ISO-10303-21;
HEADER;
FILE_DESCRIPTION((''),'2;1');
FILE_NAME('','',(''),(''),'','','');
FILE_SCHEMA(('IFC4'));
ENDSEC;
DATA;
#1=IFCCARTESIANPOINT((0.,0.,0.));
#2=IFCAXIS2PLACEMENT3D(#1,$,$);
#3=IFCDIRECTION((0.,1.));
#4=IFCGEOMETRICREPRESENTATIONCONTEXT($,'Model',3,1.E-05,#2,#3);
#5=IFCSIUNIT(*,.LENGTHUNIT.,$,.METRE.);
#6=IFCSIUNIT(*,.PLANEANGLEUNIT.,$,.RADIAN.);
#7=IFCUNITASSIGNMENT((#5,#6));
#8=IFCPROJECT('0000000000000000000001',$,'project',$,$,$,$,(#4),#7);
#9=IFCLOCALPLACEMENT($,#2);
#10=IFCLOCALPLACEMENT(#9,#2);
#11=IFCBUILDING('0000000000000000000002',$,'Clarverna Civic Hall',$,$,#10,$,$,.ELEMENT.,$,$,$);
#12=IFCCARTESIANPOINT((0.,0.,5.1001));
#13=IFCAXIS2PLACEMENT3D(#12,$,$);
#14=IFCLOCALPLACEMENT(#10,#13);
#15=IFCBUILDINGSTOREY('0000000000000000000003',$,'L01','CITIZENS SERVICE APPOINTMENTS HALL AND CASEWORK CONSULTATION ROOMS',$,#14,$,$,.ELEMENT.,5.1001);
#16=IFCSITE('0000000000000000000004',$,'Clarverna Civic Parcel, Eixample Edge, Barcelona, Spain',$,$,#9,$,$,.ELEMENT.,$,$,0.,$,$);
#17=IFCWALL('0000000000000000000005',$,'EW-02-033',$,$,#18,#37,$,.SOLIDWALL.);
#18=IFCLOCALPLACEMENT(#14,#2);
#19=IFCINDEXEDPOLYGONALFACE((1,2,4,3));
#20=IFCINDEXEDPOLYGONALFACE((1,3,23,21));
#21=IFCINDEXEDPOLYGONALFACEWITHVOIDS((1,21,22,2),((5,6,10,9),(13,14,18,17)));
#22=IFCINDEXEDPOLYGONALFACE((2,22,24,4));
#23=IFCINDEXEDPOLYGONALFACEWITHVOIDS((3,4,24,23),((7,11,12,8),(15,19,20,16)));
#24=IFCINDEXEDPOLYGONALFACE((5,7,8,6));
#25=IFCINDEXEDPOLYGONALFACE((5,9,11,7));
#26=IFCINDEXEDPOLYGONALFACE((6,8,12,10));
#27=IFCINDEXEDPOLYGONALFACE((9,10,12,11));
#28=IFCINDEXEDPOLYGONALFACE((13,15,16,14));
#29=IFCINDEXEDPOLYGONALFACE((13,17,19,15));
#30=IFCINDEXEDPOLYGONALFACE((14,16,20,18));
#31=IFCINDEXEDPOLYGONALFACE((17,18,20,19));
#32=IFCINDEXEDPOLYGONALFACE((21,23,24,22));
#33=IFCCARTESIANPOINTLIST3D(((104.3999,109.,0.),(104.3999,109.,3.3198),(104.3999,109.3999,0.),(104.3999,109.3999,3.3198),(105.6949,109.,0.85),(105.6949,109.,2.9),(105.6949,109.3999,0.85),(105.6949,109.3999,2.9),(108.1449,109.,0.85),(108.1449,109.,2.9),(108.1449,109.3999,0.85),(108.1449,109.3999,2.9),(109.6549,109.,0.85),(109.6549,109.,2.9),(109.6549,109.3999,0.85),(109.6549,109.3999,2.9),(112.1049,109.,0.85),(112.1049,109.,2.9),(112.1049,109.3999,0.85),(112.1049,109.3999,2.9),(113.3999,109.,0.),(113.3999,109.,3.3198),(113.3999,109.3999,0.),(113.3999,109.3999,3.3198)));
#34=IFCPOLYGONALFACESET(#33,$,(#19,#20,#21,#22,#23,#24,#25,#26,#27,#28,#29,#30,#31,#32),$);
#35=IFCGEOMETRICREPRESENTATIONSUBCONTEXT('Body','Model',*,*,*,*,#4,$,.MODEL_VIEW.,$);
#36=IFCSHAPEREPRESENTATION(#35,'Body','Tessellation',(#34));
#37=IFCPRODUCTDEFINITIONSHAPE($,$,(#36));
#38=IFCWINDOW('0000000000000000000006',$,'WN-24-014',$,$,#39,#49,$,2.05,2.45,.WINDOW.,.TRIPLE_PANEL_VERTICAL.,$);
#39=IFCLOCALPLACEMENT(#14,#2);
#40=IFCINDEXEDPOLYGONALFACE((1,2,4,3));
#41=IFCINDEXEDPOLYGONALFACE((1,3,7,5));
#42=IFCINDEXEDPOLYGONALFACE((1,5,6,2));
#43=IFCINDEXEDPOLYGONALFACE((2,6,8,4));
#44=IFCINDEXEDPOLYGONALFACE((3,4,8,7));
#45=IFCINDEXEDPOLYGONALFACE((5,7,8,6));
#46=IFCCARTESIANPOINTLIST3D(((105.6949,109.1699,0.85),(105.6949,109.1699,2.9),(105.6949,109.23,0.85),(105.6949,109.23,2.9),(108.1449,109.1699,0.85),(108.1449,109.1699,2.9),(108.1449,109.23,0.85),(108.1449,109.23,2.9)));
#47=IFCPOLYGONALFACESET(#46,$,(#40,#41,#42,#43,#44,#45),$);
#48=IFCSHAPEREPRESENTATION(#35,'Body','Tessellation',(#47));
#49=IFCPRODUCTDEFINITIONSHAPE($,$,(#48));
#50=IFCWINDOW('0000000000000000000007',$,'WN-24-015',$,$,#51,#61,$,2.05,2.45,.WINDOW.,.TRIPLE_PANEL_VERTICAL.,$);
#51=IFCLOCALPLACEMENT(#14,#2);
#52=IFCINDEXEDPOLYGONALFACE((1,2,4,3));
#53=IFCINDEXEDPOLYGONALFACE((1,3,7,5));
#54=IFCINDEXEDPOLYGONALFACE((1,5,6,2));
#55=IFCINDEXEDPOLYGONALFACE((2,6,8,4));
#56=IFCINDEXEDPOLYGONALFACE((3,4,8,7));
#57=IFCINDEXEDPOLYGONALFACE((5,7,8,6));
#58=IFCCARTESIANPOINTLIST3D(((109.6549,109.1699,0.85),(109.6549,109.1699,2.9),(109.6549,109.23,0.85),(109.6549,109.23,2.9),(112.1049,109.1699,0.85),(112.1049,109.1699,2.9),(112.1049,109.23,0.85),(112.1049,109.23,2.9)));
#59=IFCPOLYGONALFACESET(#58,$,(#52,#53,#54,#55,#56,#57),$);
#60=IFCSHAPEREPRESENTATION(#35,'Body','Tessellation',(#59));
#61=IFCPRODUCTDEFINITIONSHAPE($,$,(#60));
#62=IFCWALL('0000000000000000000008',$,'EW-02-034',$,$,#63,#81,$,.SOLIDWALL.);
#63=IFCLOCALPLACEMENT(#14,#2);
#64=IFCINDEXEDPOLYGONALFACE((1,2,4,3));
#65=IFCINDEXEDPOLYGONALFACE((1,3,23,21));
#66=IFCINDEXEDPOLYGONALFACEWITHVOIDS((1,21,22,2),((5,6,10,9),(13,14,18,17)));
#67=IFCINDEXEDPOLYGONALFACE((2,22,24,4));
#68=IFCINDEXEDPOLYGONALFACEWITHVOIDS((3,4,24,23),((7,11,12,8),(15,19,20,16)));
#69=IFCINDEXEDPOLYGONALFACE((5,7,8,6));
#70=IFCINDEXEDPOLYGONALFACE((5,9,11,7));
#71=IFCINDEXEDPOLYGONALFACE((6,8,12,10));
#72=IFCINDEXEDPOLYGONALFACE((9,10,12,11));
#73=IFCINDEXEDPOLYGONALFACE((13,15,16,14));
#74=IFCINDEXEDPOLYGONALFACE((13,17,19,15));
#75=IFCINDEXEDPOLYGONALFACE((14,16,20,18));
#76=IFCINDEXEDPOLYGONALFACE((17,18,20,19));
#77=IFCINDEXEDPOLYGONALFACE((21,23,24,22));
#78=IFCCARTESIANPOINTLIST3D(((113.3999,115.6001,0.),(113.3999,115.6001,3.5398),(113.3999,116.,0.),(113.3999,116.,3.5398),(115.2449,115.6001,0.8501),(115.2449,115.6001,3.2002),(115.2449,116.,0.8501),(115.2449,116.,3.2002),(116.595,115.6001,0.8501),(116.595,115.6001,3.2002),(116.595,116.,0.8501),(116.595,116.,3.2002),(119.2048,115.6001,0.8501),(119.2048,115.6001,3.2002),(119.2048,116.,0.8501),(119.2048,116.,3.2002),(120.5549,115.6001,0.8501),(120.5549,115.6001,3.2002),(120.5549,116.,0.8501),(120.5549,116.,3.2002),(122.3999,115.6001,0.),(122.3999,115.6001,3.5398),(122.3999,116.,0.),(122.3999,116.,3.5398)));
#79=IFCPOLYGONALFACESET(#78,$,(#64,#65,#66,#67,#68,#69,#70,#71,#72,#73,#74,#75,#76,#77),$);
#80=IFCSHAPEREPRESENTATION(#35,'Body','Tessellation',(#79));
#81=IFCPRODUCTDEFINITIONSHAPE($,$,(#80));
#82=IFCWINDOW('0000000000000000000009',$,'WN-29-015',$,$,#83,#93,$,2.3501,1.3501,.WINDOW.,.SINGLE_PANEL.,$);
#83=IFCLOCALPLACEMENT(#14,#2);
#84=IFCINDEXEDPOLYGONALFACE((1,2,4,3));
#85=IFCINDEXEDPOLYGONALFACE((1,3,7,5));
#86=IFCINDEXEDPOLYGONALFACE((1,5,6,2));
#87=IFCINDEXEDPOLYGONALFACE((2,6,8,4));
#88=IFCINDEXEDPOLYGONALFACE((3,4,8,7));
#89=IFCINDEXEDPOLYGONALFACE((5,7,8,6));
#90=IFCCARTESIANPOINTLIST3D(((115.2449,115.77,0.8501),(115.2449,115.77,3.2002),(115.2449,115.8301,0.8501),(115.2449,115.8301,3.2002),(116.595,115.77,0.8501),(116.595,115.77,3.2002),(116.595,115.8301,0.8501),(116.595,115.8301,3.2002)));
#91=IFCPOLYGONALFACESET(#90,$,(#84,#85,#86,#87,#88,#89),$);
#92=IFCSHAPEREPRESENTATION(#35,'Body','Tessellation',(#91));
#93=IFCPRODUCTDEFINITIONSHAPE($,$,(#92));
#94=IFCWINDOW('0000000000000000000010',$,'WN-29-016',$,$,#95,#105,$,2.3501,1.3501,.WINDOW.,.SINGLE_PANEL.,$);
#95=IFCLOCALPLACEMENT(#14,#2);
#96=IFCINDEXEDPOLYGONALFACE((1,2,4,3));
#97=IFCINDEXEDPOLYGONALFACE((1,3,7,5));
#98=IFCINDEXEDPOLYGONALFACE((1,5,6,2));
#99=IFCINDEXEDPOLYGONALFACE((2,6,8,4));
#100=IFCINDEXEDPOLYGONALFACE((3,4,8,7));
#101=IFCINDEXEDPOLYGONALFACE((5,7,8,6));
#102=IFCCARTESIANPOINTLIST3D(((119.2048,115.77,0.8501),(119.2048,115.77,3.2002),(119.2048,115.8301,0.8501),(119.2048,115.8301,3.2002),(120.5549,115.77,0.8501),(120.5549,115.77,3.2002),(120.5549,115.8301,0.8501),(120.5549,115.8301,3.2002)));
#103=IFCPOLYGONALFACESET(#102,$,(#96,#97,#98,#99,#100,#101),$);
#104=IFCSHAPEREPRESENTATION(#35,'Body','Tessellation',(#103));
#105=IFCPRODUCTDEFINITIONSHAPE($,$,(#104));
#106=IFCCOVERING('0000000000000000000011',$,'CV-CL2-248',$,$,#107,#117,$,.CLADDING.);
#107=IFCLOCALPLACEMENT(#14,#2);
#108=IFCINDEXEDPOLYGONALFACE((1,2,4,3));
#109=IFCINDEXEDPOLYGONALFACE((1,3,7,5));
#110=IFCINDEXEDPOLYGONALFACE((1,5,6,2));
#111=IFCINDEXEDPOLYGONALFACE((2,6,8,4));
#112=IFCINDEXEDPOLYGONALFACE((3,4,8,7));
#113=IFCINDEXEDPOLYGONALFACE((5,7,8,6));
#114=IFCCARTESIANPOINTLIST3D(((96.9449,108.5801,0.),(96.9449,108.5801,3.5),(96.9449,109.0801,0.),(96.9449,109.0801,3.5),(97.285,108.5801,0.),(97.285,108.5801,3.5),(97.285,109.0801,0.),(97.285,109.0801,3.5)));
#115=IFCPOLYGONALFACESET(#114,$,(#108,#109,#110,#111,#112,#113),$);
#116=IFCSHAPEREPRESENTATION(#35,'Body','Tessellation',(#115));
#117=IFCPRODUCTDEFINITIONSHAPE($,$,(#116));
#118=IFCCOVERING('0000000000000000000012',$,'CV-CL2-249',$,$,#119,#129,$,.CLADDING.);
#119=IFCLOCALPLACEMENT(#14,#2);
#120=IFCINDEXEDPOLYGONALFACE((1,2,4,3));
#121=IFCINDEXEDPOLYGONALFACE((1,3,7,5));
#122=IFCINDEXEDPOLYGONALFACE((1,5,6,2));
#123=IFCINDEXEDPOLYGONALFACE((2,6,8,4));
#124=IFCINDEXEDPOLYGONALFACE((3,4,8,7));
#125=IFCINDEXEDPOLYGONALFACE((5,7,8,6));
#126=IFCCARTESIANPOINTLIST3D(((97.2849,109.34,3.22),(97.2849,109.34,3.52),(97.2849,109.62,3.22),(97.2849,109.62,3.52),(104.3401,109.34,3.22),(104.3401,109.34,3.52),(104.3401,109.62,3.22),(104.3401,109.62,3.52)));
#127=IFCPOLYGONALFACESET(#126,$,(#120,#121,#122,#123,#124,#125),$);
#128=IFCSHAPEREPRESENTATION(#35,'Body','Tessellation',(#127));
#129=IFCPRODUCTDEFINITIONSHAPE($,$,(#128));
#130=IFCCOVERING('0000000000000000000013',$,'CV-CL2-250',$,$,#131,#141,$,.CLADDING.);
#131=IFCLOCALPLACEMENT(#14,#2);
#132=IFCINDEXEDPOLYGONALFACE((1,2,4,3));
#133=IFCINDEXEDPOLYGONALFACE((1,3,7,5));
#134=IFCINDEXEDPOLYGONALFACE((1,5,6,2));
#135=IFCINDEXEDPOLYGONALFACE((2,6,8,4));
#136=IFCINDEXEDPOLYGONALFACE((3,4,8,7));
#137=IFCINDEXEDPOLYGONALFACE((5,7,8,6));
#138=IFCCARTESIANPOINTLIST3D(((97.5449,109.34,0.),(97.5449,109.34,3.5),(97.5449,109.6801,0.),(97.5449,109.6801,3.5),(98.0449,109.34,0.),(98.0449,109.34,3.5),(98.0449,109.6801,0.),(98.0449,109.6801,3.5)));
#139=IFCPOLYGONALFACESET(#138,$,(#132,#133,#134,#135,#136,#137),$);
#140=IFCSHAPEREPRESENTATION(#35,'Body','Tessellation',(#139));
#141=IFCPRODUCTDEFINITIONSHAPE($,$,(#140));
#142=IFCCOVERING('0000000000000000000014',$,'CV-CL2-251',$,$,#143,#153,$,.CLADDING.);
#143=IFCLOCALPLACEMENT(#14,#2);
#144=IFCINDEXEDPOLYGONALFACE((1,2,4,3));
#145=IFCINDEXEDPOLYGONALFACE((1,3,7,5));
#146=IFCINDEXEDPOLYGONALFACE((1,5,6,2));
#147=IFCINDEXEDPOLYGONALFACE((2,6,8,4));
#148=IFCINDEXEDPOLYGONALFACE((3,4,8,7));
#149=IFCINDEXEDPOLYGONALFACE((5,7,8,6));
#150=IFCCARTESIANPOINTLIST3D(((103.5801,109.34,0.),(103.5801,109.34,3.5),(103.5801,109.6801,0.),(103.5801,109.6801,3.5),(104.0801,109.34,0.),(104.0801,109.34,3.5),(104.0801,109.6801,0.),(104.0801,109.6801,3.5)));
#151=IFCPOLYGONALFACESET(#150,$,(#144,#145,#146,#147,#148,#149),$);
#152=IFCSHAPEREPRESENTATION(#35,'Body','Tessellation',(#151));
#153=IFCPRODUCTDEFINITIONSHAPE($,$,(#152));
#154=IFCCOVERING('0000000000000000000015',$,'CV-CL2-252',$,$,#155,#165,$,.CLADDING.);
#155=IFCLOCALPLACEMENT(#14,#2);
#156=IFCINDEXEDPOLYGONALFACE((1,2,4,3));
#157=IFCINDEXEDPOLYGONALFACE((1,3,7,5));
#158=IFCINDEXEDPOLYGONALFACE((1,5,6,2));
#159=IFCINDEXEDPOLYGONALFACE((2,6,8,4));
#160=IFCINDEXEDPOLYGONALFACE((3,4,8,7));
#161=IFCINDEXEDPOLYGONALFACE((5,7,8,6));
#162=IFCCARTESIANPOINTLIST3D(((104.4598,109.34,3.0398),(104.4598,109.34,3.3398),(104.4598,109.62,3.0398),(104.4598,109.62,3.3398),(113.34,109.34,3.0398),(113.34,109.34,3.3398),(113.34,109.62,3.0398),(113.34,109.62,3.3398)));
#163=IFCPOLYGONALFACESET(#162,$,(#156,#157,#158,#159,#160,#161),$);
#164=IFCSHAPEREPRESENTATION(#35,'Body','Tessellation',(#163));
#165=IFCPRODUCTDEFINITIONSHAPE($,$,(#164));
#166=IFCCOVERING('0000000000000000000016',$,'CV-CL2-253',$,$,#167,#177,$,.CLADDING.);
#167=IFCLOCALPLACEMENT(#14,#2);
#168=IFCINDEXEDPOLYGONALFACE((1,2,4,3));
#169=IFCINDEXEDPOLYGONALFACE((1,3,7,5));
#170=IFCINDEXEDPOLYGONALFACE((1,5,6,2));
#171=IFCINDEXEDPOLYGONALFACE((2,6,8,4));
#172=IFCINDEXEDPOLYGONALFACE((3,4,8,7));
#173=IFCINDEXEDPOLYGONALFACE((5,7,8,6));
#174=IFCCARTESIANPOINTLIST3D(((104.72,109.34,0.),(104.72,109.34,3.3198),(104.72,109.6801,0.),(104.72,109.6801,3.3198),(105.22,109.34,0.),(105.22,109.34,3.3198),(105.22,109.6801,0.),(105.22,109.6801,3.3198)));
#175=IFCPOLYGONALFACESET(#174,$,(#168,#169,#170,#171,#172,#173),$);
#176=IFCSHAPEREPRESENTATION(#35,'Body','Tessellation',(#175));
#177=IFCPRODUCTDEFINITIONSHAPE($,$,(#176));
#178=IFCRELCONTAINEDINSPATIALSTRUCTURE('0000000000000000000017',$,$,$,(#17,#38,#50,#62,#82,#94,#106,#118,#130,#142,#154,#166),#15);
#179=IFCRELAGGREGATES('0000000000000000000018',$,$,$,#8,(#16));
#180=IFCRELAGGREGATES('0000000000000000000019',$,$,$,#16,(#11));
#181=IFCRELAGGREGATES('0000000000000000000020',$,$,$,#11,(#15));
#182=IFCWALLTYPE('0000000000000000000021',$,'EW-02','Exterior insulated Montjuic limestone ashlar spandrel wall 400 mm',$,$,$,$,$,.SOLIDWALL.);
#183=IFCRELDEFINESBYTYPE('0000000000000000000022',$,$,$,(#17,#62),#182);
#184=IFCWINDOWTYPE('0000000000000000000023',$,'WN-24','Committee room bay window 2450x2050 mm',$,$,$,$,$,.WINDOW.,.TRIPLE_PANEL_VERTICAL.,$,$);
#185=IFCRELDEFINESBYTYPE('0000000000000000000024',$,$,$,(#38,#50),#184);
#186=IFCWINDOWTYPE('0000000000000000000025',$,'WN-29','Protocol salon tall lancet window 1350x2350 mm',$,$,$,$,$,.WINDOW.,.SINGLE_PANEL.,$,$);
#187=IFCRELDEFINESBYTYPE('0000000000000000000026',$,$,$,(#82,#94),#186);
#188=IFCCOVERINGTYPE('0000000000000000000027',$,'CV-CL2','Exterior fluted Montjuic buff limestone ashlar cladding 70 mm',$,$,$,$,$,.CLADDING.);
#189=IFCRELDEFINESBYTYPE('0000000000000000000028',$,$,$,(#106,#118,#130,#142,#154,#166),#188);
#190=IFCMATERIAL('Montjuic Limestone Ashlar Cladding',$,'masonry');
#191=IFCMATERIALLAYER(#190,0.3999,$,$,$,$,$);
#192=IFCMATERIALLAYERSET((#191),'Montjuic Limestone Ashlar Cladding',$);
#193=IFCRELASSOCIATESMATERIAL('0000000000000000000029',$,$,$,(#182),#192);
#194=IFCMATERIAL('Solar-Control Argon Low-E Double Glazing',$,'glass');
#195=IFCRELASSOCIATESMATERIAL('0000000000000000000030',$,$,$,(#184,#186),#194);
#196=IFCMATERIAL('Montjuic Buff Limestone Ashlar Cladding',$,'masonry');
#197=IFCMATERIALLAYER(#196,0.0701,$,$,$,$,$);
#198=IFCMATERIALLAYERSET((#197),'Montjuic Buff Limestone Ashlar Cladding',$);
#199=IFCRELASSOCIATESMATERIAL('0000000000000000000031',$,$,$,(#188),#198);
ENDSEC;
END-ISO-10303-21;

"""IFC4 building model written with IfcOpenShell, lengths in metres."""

from ifc_helpers import new_model, si_unit, direction, frame, frame_2d, origin, place, context, subcontext, project, spatial, rectangle, extrude, material, layer, layer_set, type_object, element, fill, save


model = new_model("IFC4")

# Units and contexts
model_context = context("Model", 3, precision=1e-05, world=origin(), true_north=direction((0.0, 1.0)))
body_context = subcontext(model_context, "Body", "Model", "MODEL_VIEW")
ifc_project = project(units=[si_unit("LENGTHUNIT", "METRE"), si_unit("PLANEANGLEUNIT", "RADIAN")], contexts=[model_context])

# Site, building, storey
site_placement = place(None, origin())
site = spatial("IfcSite", under=ifc_project, at=site_placement, Name="Clarverna Civic Parcel, Eixample Edge, Barcelona, Spain", CompositionType="ELEMENT", RefElevation=0.0)
building_placement = place(site_placement, origin())
building = spatial("IfcBuilding", under=site, at=building_placement, Name="Clarverna Civic Hall", CompositionType="ELEMENT")
storey_placement = place(building_placement, frame((0.0, 0.0, 5.1001)))
storey = spatial("IfcBuildingStorey", under=building, at=storey_placement, Name="L01", Description="CITIZENS SERVICE APPOINTMENTS HALL AND CASEWORK CONSULTATION ROOMS", CompositionType="ELEMENT", Elevation=5.1001)

# Walls, openings, windows
ifc_material_1 = material(Name="Montjuic Limestone Ashlar Cladding", Category="masonry")
ifc_layer_1 = layer(ifc_material_1, 0.3999)
ifc_layer_set_1 = layer_set([ifc_layer_1], Name="Montjuic Limestone Ashlar Cladding")
wall_type = type_object("IfcWallType", Name="EW-02", Description="Exterior insulated Montjuic limestone ashlar spandrel wall 400 mm", PredefinedType="SOLIDWALL", material=ifc_layer_set_1)
ifc_material_2 = material(Name="Solar-Control Argon Low-E Double Glazing", Category="glass")
wall_1_placement = place(storey_placement, frame((104.3999, 109.2, 0.0), z_axis=(0.0, 0.0, 1.0), x_axis=(1.0, 0.0, 0.0)))
wall_1 = element("IfcWall", 1, at=wall_1_placement, inside=storey, type_object=wall_type, Name="EW-02-033", PredefinedType="SOLIDWALL", context=body_context, shape_type="SweptSolid", body=[
    extrude(rectangle(XDim=9.0, YDim=0.3999, at=frame_2d((4.5, 0.0))), origin(), (0.0, 0.0, 1.0), 3.3198),
])
opening_1_placement = place(wall_1_placement, frame((1.2949, 0.0, 0.8501)))
opening_1 = element("IfcOpeningElement", 2, at=opening_1_placement, cuts=wall_1, PredefinedType="OPENING", context=body_context, shape_type="SweptSolid", body=[
    extrude(rectangle(XDim=2.45, YDim=2.05, at=frame_2d((1.2251, 1.0249))), frame((0.0, 0.21, 0.0), z_axis=(0.0, -1.0, 0.0), x_axis=(1.0, 0.0, 0.0)), (0.0, 0.0, 1.0), 0.4199),
])
opening_2_placement = place(wall_1_placement, frame((5.2549, 0.0, 0.8501)))
opening_2 = element("IfcOpeningElement", 3, at=opening_2_placement, cuts=wall_1, PredefinedType="OPENING", context=body_context, shape_type="SweptSolid", body=[
    extrude(rectangle(XDim=2.45, YDim=2.05, at=frame_2d((1.2251, 1.0249))), frame((0.0, 0.21, 0.0), z_axis=(0.0, -1.0, 0.0), x_axis=(1.0, 0.0, 0.0)), (0.0, 0.0, 1.0), 0.4199),
])
window_type_1 = type_object("IfcWindowType", Name="WN-24", Description="Committee room bay window 2450x2050 mm", PartitioningType="TRIPLE_PANEL_VERTICAL", PredefinedType="WINDOW", material=ifc_material_2)
window_1_placement = place(opening_1_placement, origin())
window_1 = element("IfcWindow", 4, at=window_1_placement, inside=storey, type_object=window_type_1, Name="WN-24-014", OverallHeight=2.05, OverallWidth=2.45, PartitioningType="TRIPLE_PANEL_VERTICAL", PredefinedType="WINDOW", context=body_context, shape_type="SweptSolid", body=[
    extrude(rectangle(XDim=2.45, YDim=2.05, at=frame_2d((1.2251, 1.0249))), frame((0.0, 0.03, 0.0), z_axis=(0.0, -1.0, 0.0), x_axis=(1.0, 0.0, 0.0)), (0.0, 0.0, 1.0), 0.0601),
])
fill(opening_1, window_1)
window_2_placement = place(opening_2_placement, origin())
window_2 = element("IfcWindow", 5, at=window_2_placement, inside=storey, type_object=window_type_1, Name="WN-24-015", OverallHeight=2.05, OverallWidth=2.45, PartitioningType="TRIPLE_PANEL_VERTICAL", PredefinedType="WINDOW", context=body_context, shape_type="SweptSolid", body=[
    extrude(rectangle(XDim=2.45, YDim=2.05, at=frame_2d((1.2251, 1.0249))), frame((0.0, 0.03, 0.0), z_axis=(0.0, -1.0, 0.0), x_axis=(1.0, 0.0, 0.0)), (0.0, 0.0, 1.0), 0.0601),
])
fill(opening_2, window_2)
wall_2_placement = place(storey_placement, frame((113.3999, 115.8, 0.0), z_axis=(0.0, 0.0, 1.0), x_axis=(1.0, 0.0, 0.0)))
wall_2 = element("IfcWall", 6, at=wall_2_placement, inside=storey, type_object=wall_type, Name="EW-02-034", PredefinedType="SOLIDWALL", context=body_context, shape_type="SweptSolid", body=[
    extrude(rectangle(XDim=9.0, YDim=0.3999, at=frame_2d((4.5, 0.0))), origin(), (0.0, 0.0, 1.0), 3.5398),
])
opening_3_placement = place(wall_2_placement, frame((1.845, 0.0, 0.8501)))
opening_3 = element("IfcOpeningElement", 7, at=opening_3_placement, cuts=wall_2, PredefinedType="OPENING", context=body_context, shape_type="SweptSolid", body=[
    extrude(rectangle(XDim=1.3501, YDim=2.3501, at=frame_2d((0.675, 1.175))), frame((0.0, 0.21, 0.0), z_axis=(0.0, -1.0, 0.0), x_axis=(1.0, 0.0, 0.0)), (0.0, 0.0, 1.0), 0.4199),
])
opening_4_placement = place(wall_2_placement, frame((5.8049, 0.0, 0.8501)))
opening_4 = element("IfcOpeningElement", 8, at=opening_4_placement, cuts=wall_2, PredefinedType="OPENING", context=body_context, shape_type="SweptSolid", body=[
    extrude(rectangle(XDim=1.3501, YDim=2.3501, at=frame_2d((0.675, 1.175))), frame((0.0, 0.21, 0.0), z_axis=(0.0, -1.0, 0.0), x_axis=(1.0, 0.0, 0.0)), (0.0, 0.0, 1.0), 0.4199),
])
window_type_2 = type_object("IfcWindowType", Name="WN-29", Description="Protocol salon tall lancet window 1350x2350 mm", PartitioningType="SINGLE_PANEL", PredefinedType="WINDOW", material=ifc_material_2)
window_3_placement = place(opening_3_placement, origin())
window_3 = element("IfcWindow", 9, at=window_3_placement, inside=storey, type_object=window_type_2, Name="WN-29-015", OverallHeight=2.3501, OverallWidth=1.3501, PartitioningType="SINGLE_PANEL", PredefinedType="WINDOW", context=body_context, shape_type="SweptSolid", body=[
    extrude(rectangle(XDim=1.3501, YDim=2.3501, at=frame_2d((0.675, 1.175))), frame((0.0, 0.03, 0.0), z_axis=(0.0, -1.0, 0.0), x_axis=(1.0, 0.0, 0.0)), (0.0, 0.0, 1.0), 0.0601),
])
fill(opening_3, window_3)
window_4_placement = place(opening_4_placement, origin())
window_4 = element("IfcWindow", 10, at=window_4_placement, inside=storey, type_object=window_type_2, Name="WN-29-016", OverallHeight=2.3501, OverallWidth=1.3501, PartitioningType="SINGLE_PANEL", PredefinedType="WINDOW", context=body_context, shape_type="SweptSolid", body=[
    extrude(rectangle(XDim=1.3501, YDim=2.3501, at=frame_2d((0.675, 1.175))), frame((0.0, 0.03, 0.0), z_axis=(0.0, -1.0, 0.0), x_axis=(1.0, 0.0, 0.0)), (0.0, 0.0, 1.0), 0.0601),
])
fill(opening_4, window_4)

# Coverings
ifc_material_3 = material(Name="Montjuic Buff Limestone Ashlar Cladding", Category="masonry")
ifc_layer_2 = layer(ifc_material_3, 0.0701)
ifc_layer_set_2 = layer_set([ifc_layer_2], Name="Montjuic Buff Limestone Ashlar Cladding")
covering_type = type_object("IfcCoveringType", Name="CV-CL2", Description="Exterior fluted Montjuic buff limestone ashlar cladding 70 mm", PredefinedType="CLADDING", material=ifc_layer_set_2)
covering_1_placement = place(storey_placement, frame((97.115, 108.5801, 0.0), z_axis=(0.0, 0.0, 1.0), x_axis=(0.0, 1.0, 0.0)))
element("IfcCovering", 11, at=covering_1_placement, inside=storey, type_object=covering_type, Name="CV-CL2-248", PredefinedType="CLADDING", context=body_context, shape_type="SweptSolid", body=[
    extrude(rectangle(XDim=0.5, YDim=0.3401, at=frame_2d((0.25, 0.0))), origin(), (0.0, 0.0, 1.0), 3.5),
])
covering_2_placement = place(storey_placement, frame((97.2849, 109.48, 3.22), z_axis=(0.0, 0.0, 1.0), x_axis=(1.0, 0.0, 0.0)))
element("IfcCovering", 12, at=covering_2_placement, inside=storey, type_object=covering_type, Name="CV-CL2-249", PredefinedType="CLADDING", context=body_context, shape_type="SweptSolid", body=[
    extrude(rectangle(XDim=7.0552, YDim=0.28, at=frame_2d((3.5276, 0.0))), origin(), (0.0, 0.0, 1.0), 0.3),
])
for number, where, z_axis, x_axis, name in (
    (13, (97.5449, 109.51, 0.0), (0.0, 0.0, 1.0), (1.0, 0.0, 0.0), "CV-CL2-250"),
    (14, (103.5801, 109.51, 0.0), (0.0, 0.0, 1.0), (1.0, 0.0, 0.0), "CV-CL2-251"),
):
    element("IfcCovering", number, at=place(storey_placement, frame(where, z_axis=z_axis, x_axis=x_axis)), inside=storey, type_object=covering_type, Name=name, PredefinedType="CLADDING", context=body_context, shape_type="SweptSolid", body=[
        extrude(rectangle(XDim=0.5, YDim=0.3401, at=frame_2d((0.25, 0.0))), origin(), (0.0, 0.0, 1.0), 3.5),
    ])
covering_3_placement = place(storey_placement, frame((104.46, 109.48, 3.0398), z_axis=(0.0, 0.0, 1.0), x_axis=(1.0, 0.0, 0.0)))
element("IfcCovering", 15, at=covering_3_placement, inside=storey, type_object=covering_type, Name="CV-CL2-252", PredefinedType="CLADDING", context=body_context, shape_type="SweptSolid", body=[
    extrude(rectangle(XDim=8.8801, YDim=0.28, at=frame_2d((4.4399, 0.0))), origin(), (0.0, 0.0, 1.0), 0.3),
])
for number, where, z_axis, x_axis, name in (
    (16, (104.72, 109.51, 0.0), (0.0, 0.0, 1.0), (1.0, 0.0, 0.0), "CV-CL2-253"),
):
    element("IfcCovering", number, at=place(storey_placement, frame(where, z_axis=z_axis, x_axis=x_axis)), inside=storey, type_object=covering_type, Name=name, PredefinedType="CLADDING", context=body_context, shape_type="SweptSolid", body=[
        extrude(rectangle(XDim=0.5, YDim=0.3401, at=frame_2d((0.25, 0.0))), origin(), (0.0, 0.0, 1.0), 3.3198),
    ])

save(model, "model.ifc")
